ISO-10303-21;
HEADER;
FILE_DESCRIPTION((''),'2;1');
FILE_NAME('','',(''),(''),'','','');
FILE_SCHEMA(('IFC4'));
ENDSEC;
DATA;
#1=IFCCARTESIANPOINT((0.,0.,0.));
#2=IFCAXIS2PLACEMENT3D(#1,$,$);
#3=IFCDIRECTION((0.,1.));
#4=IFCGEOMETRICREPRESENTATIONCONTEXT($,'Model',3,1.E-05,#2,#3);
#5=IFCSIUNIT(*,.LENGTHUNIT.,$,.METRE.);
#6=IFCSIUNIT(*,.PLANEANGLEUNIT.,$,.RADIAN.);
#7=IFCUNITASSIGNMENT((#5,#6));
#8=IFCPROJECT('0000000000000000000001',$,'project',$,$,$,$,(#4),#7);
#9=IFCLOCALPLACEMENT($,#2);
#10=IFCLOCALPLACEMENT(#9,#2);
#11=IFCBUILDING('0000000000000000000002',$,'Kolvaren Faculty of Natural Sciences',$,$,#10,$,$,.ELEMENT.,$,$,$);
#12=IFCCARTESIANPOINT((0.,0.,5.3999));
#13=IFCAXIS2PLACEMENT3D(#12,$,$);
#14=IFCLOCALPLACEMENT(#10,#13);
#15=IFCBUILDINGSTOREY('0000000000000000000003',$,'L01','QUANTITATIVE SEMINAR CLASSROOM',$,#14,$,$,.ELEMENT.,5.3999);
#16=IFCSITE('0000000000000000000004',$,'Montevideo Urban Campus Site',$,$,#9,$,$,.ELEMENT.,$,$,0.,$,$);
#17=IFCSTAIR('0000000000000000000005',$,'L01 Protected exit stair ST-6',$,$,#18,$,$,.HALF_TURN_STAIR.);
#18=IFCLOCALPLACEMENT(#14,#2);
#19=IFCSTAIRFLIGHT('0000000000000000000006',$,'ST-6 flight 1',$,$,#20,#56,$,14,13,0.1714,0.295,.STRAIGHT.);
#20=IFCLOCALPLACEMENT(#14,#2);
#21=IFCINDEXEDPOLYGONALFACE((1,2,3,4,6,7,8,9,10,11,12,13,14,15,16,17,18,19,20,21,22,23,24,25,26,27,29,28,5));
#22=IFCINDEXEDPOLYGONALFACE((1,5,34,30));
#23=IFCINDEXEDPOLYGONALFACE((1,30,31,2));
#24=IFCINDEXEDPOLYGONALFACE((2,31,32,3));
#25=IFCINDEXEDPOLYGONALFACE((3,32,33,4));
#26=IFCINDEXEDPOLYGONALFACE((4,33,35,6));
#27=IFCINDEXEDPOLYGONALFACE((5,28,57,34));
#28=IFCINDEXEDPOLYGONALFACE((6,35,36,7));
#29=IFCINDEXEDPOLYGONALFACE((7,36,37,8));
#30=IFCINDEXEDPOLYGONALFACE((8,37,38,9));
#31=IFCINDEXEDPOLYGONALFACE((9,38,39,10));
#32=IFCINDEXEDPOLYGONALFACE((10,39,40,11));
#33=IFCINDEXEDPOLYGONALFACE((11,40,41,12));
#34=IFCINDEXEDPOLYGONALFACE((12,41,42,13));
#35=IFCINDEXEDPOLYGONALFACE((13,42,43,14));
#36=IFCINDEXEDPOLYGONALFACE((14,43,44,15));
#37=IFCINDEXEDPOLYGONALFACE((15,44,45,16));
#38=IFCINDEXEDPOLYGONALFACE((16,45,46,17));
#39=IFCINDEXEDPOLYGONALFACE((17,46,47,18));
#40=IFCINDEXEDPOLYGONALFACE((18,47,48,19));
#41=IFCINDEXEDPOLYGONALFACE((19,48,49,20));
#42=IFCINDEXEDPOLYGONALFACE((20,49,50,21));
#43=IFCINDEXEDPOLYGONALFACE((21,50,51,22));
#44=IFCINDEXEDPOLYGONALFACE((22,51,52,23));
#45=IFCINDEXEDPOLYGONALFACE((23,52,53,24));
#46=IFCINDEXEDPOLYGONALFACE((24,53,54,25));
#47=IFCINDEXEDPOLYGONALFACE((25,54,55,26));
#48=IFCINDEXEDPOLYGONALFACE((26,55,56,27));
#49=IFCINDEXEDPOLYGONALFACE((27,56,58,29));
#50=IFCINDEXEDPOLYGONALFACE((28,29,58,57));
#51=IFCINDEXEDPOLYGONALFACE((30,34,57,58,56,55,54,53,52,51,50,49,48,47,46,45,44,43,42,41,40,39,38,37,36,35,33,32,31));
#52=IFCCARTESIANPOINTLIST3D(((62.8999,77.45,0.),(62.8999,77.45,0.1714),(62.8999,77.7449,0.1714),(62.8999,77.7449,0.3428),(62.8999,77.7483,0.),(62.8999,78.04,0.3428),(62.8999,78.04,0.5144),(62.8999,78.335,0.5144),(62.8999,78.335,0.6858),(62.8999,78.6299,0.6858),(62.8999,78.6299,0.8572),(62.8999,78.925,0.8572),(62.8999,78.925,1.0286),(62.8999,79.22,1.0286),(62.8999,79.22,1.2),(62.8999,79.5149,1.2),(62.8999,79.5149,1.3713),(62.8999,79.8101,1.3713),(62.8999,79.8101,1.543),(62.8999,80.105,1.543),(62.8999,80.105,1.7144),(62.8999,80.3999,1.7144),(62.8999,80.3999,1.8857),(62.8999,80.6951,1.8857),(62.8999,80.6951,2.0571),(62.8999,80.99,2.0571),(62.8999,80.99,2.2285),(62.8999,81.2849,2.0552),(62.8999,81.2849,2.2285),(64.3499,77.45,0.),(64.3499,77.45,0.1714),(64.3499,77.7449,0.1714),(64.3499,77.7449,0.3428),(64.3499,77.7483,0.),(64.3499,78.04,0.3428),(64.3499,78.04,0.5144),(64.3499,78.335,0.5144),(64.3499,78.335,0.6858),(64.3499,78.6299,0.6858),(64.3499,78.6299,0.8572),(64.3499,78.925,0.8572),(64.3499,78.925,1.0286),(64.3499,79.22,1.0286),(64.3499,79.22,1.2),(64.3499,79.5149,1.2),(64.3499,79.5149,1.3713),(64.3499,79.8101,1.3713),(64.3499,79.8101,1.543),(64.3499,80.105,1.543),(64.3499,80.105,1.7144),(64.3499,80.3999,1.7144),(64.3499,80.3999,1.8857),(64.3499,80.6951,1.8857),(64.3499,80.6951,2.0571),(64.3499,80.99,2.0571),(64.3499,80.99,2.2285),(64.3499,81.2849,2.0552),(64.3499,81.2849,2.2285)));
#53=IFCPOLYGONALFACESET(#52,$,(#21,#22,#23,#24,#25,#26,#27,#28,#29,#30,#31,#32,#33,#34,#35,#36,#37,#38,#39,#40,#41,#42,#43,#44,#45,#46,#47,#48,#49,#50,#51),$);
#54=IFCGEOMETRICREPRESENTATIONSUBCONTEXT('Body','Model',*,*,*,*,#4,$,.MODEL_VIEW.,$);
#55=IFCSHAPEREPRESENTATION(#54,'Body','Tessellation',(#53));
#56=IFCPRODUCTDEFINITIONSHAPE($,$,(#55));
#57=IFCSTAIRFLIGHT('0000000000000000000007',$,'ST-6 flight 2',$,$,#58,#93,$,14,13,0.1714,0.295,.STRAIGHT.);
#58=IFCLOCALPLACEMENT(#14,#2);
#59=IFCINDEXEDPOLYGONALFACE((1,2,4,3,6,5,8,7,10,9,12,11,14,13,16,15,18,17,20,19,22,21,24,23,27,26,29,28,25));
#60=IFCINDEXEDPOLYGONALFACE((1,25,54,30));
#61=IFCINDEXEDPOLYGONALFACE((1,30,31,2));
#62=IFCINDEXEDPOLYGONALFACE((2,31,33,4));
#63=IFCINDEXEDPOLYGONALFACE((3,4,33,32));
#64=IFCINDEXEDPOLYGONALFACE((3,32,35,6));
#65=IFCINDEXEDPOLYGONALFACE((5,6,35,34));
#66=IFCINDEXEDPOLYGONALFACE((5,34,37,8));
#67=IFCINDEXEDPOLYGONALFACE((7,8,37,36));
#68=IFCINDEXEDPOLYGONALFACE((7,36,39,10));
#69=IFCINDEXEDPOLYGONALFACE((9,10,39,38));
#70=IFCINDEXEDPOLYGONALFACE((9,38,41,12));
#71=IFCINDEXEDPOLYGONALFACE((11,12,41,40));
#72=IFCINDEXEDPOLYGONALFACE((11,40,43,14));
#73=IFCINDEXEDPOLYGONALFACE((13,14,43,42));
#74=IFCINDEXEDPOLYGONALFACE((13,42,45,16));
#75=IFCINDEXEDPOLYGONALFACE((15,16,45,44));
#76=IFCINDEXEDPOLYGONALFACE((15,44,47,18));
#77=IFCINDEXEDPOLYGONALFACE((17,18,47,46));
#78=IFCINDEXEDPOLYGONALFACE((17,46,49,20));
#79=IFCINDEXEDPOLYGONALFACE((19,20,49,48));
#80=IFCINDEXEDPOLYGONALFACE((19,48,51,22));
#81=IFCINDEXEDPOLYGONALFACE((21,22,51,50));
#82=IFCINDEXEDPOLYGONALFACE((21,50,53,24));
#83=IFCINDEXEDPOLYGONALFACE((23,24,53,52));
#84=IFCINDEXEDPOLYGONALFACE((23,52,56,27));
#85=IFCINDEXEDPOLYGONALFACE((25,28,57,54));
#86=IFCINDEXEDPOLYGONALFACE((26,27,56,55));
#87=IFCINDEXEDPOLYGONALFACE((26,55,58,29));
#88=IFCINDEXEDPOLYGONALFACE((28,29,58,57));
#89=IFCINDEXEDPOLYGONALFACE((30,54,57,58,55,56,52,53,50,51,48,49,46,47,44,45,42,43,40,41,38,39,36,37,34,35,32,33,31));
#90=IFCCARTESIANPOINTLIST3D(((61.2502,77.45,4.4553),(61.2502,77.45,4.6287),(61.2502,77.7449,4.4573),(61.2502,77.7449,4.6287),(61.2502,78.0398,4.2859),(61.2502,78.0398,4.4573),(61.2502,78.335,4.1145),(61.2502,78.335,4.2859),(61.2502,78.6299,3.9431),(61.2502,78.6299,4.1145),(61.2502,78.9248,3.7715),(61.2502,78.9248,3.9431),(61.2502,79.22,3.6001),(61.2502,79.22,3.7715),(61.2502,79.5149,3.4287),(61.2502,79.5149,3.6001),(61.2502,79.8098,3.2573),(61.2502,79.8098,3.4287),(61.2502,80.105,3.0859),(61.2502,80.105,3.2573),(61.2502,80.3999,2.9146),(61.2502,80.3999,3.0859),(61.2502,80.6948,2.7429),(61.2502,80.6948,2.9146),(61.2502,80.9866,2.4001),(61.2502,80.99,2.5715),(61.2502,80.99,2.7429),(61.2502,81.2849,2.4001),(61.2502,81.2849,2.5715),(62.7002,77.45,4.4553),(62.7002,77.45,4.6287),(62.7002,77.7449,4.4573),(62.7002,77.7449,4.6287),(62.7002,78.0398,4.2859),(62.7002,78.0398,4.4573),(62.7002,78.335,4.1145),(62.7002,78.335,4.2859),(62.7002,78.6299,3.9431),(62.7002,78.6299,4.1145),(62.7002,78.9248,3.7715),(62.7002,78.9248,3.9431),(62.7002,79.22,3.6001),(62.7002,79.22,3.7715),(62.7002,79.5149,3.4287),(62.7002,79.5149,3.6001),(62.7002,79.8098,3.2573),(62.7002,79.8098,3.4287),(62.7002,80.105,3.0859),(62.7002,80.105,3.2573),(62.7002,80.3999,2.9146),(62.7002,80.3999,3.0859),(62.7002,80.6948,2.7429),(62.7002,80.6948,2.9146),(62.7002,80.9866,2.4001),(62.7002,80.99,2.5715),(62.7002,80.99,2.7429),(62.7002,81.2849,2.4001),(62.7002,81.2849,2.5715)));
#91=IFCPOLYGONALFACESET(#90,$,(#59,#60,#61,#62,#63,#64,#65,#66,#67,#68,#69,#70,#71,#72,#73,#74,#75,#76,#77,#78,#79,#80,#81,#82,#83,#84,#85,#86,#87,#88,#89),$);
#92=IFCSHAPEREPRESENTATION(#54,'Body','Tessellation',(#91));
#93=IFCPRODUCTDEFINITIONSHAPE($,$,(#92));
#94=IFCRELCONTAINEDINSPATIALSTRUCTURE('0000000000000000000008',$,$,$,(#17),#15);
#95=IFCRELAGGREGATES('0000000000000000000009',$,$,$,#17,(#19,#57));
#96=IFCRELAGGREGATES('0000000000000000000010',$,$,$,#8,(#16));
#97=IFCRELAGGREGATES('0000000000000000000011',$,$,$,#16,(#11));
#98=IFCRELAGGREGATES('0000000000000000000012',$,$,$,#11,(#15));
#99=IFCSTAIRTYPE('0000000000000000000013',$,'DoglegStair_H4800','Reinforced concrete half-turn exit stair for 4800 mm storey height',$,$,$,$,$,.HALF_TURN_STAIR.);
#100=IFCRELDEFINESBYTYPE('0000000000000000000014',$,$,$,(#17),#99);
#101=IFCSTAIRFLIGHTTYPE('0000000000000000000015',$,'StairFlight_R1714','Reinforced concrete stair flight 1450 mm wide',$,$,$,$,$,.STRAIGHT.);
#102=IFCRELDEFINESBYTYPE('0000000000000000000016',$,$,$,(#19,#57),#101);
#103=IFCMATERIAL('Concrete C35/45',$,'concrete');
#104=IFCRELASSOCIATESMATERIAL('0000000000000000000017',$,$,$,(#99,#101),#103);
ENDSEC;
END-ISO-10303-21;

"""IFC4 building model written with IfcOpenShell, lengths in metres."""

from ifc_helpers import new_model, si_unit, direction, frame, origin, place, context, subcontext, project, spatial, polyline, outline, extrude, material, type_object, element, aggregate, save


model = new_model("IFC4")

# Units and contexts
model_context = context("Model", 3, precision=1e-05, world=origin(), true_north=direction((0.0, 1.0)))
body_context = subcontext(model_context, "Body", "Model", "MODEL_VIEW")
ifc_project = project(units=[si_unit("LENGTHUNIT", "METRE"), si_unit("PLANEANGLEUNIT", "RADIAN")], contexts=[model_context])

# Site, building, storey
site_placement = place(None, origin())
site = spatial("IfcSite", under=ifc_project, at=site_placement, Name="Montevideo Urban Campus Site", CompositionType="ELEMENT", RefElevation=0.0)
building_placement = place(site_placement, origin())
building = spatial("IfcBuilding", under=site, at=building_placement, Name="Kolvaren Faculty of Natural Sciences", CompositionType="ELEMENT")
storey_placement = place(building_placement, frame((0.0, 0.0, 5.3999)))
storey = spatial("IfcBuildingStorey", under=building, at=storey_placement, Name="L01", Description="QUANTITATIVE SEMINAR CLASSROOM", CompositionType="ELEMENT", Elevation=5.3999)

# Shared definitions
ifc_material_1 = material(Name="Concrete C35/45", Category="concrete")

# Stair, stair flights
stair_type = type_object("IfcStairType", Name="DoglegStair_H4800", Description="Reinforced concrete half-turn exit stair for 4800 mm storey height", PredefinedType="HALF_TURN_STAIR", material=ifc_material_1)
stair_placement = place(storey_placement, origin())
stair = element("IfcStair", 1, at=stair_placement, inside=storey, type_object=stair_type, Name="L01 Protected exit stair ST-6", PredefinedType="HALF_TURN_STAIR")
stair_flight_type = type_object("IfcStairFlightType", Name="StairFlight_R1714", Description="Reinforced concrete stair flight 1450 mm wide", PredefinedType="STRAIGHT", material=ifc_material_1)
stair_flight_1_placement = place(storey_placement, frame((63.625, 77.45, 0.0), z_axis=(0.0, 0.0, 1.0), x_axis=(0.0, 1.0, 0.0)))
stair_flight_1 = element("IfcStairFlight", 2, at=stair_flight_1_placement, type_object=stair_flight_type, Name="ST-6 flight 1", NumberOfRisers=14, NumberOfTreads=13, PredefinedType="STRAIGHT", RiserHeight=0.1714, TreadLength=0.295, context=body_context, shape_type="SweptSolid", body=[
    extrude(outline(polyline([(0.0, 0.0), (0.0, 0.1714), (0.2949, 0.1714), (0.2949, 0.3428), (0.5901, 0.3428), (0.5901, 0.5144), (0.885, 0.5144), (0.885, 0.6858), (1.1799, 0.6858), (1.1799, 0.8572), (1.4751, 0.8572), (1.4751, 1.0286), (1.77, 1.0286), (1.77, 1.2), (2.0649, 1.2), (2.0649, 1.3713), (2.3601, 1.3713), (2.3601, 1.543), (2.655, 1.543), (2.655, 1.7144), (2.95, 1.7144), (2.95, 1.8857), (3.2451, 1.8857), (3.2451, 2.0571), (3.54, 2.0571), (3.54, 2.2285), (3.835, 2.2285), (3.835, 2.3999), (3.835, 2.0552), (0.2983, 0.0), (0.0, 0.0)])), frame((0.0, 0.7251, 0.0), z_axis=(0.0, -1.0, 0.0), x_axis=(1.0, 0.0, 0.0)), (0.0, 0.0, 1.0), 1.45),
])
stair_flight_2_placement = place(storey_placement, frame((61.9751, 81.2849, 2.4001), z_axis=(0.0, 0.0, 1.0), x_axis=(0.0, -1.0, 0.0)))
stair_flight_2 = element("IfcStairFlight", 3, at=stair_flight_2_placement, type_object=stair_flight_type, Name="ST-6 flight 2", NumberOfRisers=14, NumberOfTreads=13, PredefinedType="STRAIGHT", RiserHeight=0.1714, TreadLength=0.295, context=body_context, shape_type="SweptSolid", body=[
    extrude(outline(polyline([(0.0, 0.0), (0.0, 0.1714), (0.2949, 0.1714), (0.2949, 0.3428), (0.5901, 0.3428), (0.5901, 0.5144), (0.885, 0.5144), (0.885, 0.6858), (1.1799, 0.6858), (1.1799, 0.8572), (1.4751, 0.8572), (1.4751, 1.0286), (1.77, 1.0286), (1.77, 1.2), (2.0649, 1.2), (2.0649, 1.3713), (2.3601, 1.3713), (2.3601, 1.543), (2.655, 1.543), (2.655, 1.7144), (2.95, 1.7144), (2.95, 1.8857), (3.2451, 1.8857), (3.2451, 2.0571), (3.54, 2.0571), (3.54, 2.2285), (3.835, 2.2285), (3.835, 2.3999), (3.835, 2.0552), (0.2983, 0.0), (0.0, 0.0)])), frame((0.0, 0.7251, 0.0), z_axis=(0.0, -1.0, 0.0), x_axis=(1.0, 0.0, 0.0)), (0.0, 0.0, 1.0), 1.45),
])
aggregate(stair, [stair_flight_1, stair_flight_2])

save(model, "model.ifc")
